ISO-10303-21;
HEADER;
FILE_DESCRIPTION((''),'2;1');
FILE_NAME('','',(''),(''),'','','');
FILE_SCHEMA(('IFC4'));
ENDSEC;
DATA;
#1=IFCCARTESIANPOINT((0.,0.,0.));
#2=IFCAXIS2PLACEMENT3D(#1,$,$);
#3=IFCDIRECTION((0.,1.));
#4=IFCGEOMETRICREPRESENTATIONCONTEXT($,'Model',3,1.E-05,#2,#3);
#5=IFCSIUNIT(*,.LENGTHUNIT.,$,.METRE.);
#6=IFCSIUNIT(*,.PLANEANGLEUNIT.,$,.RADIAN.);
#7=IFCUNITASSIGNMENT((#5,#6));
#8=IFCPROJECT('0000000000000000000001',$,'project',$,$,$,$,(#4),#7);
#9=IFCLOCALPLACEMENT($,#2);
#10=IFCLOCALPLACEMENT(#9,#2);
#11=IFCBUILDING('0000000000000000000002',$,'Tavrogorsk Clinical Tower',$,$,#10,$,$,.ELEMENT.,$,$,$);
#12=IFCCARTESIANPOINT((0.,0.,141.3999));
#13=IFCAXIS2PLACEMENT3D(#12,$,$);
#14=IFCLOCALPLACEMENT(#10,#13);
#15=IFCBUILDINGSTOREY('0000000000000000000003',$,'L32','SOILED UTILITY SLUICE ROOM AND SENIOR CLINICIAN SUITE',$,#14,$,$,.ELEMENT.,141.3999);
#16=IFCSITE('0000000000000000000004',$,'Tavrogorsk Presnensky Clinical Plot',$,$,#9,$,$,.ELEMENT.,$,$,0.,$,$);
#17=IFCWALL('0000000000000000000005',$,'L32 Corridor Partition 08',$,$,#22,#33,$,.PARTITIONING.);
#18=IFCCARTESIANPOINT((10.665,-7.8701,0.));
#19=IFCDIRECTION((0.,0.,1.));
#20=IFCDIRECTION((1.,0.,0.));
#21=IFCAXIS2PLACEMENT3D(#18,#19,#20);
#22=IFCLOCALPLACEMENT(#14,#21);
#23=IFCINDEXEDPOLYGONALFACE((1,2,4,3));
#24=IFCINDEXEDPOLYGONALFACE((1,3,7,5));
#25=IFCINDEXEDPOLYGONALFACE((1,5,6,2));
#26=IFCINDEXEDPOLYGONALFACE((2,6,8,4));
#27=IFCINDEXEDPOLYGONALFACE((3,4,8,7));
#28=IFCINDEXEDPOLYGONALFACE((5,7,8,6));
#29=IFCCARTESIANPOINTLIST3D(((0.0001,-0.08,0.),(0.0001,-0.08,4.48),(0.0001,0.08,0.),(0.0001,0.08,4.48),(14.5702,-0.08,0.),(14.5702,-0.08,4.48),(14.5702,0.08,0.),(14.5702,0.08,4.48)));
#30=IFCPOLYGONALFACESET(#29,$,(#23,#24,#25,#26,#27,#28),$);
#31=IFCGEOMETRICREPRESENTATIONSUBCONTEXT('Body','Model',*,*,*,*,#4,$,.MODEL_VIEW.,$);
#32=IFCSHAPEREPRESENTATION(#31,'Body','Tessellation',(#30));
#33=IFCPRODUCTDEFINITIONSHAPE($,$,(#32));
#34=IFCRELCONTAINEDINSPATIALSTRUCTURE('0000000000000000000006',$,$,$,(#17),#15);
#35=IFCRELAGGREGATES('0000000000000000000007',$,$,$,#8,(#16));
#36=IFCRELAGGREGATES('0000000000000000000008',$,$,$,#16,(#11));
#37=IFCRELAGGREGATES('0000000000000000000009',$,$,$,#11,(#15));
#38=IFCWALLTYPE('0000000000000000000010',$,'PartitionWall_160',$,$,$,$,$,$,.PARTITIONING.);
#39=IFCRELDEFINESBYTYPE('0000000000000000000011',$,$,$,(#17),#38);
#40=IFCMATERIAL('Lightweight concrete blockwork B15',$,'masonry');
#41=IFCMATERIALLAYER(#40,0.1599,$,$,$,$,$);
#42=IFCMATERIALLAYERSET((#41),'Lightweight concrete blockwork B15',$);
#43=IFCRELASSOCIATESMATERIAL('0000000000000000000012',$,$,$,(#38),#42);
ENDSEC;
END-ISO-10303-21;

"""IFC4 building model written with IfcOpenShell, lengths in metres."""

from ifc_helpers import new_model, si_unit, direction, frame, frame_2d, origin, place, context, subcontext, project, spatial, rectangle, extrude, material, layer, layer_set, type_object, element, save


model = new_model("IFC4")

# Units and contexts
model_context = context("Model", 3, precision=1e-05, world=origin(), true_north=direction((0.0, 1.0)))
body_context = subcontext(model_context, "Body", "Model", "MODEL_VIEW")
ifc_project = project(units=[si_unit("LENGTHUNIT", "METRE"), si_unit("PLANEANGLEUNIT", "RADIAN")], contexts=[model_context])

# Site, building, storey
site_placement = place(None, origin())
site = spatial("IfcSite", under=ifc_project, at=site_placement, Name="Tavrogorsk Presnensky Clinical Plot", CompositionType="ELEMENT", RefElevation=0.0)
building_placement = place(site_placement, origin())
building = spatial("IfcBuilding", under=site, at=building_placement, Name="Tavrogorsk Clinical Tower", CompositionType="ELEMENT")
storey_placement = place(building_placement, frame((0.0, 0.0, 141.3999)))
storey = spatial("IfcBuildingStorey", under=building, at=storey_placement, Name="L32", Description="SOILED UTILITY SLUICE ROOM AND SENIOR CLINICIAN SUITE", CompositionType="ELEMENT", Elevation=141.3999)

# Wall
ifc_material_1 = material(Name="Lightweight concrete blockwork B15", Category="masonry")
ifc_layer_1 = layer(ifc_material_1, 0.1599)
ifc_layer_set_1 = layer_set([ifc_layer_1], Name="Lightweight concrete blockwork B15")
wall_type_1 = type_object("IfcWallType", Name="PartitionWall_160", PredefinedType="PARTITIONING", material=ifc_layer_set_1)
wall_1_placement = place(storey_placement, frame((10.665, -7.8701, 0.0), z_axis=(0.0, 0.0, 1.0), x_axis=(1.0, 0.0, 0.0)))
element("IfcWall", 1, at=wall_1_placement, inside=storey, type_object=wall_type_1, Name="L32 Corridor Partition 08", PredefinedType="PARTITIONING", context=body_context, shape_type="SweptSolid", body=[
    extrude(rectangle(XDim=14.5701, YDim=0.1599, at=frame_2d((7.2852, 0.0))), origin(), (0.0, 0.0, 1.0), 4.48),
])

save(model, "model.ifc")
